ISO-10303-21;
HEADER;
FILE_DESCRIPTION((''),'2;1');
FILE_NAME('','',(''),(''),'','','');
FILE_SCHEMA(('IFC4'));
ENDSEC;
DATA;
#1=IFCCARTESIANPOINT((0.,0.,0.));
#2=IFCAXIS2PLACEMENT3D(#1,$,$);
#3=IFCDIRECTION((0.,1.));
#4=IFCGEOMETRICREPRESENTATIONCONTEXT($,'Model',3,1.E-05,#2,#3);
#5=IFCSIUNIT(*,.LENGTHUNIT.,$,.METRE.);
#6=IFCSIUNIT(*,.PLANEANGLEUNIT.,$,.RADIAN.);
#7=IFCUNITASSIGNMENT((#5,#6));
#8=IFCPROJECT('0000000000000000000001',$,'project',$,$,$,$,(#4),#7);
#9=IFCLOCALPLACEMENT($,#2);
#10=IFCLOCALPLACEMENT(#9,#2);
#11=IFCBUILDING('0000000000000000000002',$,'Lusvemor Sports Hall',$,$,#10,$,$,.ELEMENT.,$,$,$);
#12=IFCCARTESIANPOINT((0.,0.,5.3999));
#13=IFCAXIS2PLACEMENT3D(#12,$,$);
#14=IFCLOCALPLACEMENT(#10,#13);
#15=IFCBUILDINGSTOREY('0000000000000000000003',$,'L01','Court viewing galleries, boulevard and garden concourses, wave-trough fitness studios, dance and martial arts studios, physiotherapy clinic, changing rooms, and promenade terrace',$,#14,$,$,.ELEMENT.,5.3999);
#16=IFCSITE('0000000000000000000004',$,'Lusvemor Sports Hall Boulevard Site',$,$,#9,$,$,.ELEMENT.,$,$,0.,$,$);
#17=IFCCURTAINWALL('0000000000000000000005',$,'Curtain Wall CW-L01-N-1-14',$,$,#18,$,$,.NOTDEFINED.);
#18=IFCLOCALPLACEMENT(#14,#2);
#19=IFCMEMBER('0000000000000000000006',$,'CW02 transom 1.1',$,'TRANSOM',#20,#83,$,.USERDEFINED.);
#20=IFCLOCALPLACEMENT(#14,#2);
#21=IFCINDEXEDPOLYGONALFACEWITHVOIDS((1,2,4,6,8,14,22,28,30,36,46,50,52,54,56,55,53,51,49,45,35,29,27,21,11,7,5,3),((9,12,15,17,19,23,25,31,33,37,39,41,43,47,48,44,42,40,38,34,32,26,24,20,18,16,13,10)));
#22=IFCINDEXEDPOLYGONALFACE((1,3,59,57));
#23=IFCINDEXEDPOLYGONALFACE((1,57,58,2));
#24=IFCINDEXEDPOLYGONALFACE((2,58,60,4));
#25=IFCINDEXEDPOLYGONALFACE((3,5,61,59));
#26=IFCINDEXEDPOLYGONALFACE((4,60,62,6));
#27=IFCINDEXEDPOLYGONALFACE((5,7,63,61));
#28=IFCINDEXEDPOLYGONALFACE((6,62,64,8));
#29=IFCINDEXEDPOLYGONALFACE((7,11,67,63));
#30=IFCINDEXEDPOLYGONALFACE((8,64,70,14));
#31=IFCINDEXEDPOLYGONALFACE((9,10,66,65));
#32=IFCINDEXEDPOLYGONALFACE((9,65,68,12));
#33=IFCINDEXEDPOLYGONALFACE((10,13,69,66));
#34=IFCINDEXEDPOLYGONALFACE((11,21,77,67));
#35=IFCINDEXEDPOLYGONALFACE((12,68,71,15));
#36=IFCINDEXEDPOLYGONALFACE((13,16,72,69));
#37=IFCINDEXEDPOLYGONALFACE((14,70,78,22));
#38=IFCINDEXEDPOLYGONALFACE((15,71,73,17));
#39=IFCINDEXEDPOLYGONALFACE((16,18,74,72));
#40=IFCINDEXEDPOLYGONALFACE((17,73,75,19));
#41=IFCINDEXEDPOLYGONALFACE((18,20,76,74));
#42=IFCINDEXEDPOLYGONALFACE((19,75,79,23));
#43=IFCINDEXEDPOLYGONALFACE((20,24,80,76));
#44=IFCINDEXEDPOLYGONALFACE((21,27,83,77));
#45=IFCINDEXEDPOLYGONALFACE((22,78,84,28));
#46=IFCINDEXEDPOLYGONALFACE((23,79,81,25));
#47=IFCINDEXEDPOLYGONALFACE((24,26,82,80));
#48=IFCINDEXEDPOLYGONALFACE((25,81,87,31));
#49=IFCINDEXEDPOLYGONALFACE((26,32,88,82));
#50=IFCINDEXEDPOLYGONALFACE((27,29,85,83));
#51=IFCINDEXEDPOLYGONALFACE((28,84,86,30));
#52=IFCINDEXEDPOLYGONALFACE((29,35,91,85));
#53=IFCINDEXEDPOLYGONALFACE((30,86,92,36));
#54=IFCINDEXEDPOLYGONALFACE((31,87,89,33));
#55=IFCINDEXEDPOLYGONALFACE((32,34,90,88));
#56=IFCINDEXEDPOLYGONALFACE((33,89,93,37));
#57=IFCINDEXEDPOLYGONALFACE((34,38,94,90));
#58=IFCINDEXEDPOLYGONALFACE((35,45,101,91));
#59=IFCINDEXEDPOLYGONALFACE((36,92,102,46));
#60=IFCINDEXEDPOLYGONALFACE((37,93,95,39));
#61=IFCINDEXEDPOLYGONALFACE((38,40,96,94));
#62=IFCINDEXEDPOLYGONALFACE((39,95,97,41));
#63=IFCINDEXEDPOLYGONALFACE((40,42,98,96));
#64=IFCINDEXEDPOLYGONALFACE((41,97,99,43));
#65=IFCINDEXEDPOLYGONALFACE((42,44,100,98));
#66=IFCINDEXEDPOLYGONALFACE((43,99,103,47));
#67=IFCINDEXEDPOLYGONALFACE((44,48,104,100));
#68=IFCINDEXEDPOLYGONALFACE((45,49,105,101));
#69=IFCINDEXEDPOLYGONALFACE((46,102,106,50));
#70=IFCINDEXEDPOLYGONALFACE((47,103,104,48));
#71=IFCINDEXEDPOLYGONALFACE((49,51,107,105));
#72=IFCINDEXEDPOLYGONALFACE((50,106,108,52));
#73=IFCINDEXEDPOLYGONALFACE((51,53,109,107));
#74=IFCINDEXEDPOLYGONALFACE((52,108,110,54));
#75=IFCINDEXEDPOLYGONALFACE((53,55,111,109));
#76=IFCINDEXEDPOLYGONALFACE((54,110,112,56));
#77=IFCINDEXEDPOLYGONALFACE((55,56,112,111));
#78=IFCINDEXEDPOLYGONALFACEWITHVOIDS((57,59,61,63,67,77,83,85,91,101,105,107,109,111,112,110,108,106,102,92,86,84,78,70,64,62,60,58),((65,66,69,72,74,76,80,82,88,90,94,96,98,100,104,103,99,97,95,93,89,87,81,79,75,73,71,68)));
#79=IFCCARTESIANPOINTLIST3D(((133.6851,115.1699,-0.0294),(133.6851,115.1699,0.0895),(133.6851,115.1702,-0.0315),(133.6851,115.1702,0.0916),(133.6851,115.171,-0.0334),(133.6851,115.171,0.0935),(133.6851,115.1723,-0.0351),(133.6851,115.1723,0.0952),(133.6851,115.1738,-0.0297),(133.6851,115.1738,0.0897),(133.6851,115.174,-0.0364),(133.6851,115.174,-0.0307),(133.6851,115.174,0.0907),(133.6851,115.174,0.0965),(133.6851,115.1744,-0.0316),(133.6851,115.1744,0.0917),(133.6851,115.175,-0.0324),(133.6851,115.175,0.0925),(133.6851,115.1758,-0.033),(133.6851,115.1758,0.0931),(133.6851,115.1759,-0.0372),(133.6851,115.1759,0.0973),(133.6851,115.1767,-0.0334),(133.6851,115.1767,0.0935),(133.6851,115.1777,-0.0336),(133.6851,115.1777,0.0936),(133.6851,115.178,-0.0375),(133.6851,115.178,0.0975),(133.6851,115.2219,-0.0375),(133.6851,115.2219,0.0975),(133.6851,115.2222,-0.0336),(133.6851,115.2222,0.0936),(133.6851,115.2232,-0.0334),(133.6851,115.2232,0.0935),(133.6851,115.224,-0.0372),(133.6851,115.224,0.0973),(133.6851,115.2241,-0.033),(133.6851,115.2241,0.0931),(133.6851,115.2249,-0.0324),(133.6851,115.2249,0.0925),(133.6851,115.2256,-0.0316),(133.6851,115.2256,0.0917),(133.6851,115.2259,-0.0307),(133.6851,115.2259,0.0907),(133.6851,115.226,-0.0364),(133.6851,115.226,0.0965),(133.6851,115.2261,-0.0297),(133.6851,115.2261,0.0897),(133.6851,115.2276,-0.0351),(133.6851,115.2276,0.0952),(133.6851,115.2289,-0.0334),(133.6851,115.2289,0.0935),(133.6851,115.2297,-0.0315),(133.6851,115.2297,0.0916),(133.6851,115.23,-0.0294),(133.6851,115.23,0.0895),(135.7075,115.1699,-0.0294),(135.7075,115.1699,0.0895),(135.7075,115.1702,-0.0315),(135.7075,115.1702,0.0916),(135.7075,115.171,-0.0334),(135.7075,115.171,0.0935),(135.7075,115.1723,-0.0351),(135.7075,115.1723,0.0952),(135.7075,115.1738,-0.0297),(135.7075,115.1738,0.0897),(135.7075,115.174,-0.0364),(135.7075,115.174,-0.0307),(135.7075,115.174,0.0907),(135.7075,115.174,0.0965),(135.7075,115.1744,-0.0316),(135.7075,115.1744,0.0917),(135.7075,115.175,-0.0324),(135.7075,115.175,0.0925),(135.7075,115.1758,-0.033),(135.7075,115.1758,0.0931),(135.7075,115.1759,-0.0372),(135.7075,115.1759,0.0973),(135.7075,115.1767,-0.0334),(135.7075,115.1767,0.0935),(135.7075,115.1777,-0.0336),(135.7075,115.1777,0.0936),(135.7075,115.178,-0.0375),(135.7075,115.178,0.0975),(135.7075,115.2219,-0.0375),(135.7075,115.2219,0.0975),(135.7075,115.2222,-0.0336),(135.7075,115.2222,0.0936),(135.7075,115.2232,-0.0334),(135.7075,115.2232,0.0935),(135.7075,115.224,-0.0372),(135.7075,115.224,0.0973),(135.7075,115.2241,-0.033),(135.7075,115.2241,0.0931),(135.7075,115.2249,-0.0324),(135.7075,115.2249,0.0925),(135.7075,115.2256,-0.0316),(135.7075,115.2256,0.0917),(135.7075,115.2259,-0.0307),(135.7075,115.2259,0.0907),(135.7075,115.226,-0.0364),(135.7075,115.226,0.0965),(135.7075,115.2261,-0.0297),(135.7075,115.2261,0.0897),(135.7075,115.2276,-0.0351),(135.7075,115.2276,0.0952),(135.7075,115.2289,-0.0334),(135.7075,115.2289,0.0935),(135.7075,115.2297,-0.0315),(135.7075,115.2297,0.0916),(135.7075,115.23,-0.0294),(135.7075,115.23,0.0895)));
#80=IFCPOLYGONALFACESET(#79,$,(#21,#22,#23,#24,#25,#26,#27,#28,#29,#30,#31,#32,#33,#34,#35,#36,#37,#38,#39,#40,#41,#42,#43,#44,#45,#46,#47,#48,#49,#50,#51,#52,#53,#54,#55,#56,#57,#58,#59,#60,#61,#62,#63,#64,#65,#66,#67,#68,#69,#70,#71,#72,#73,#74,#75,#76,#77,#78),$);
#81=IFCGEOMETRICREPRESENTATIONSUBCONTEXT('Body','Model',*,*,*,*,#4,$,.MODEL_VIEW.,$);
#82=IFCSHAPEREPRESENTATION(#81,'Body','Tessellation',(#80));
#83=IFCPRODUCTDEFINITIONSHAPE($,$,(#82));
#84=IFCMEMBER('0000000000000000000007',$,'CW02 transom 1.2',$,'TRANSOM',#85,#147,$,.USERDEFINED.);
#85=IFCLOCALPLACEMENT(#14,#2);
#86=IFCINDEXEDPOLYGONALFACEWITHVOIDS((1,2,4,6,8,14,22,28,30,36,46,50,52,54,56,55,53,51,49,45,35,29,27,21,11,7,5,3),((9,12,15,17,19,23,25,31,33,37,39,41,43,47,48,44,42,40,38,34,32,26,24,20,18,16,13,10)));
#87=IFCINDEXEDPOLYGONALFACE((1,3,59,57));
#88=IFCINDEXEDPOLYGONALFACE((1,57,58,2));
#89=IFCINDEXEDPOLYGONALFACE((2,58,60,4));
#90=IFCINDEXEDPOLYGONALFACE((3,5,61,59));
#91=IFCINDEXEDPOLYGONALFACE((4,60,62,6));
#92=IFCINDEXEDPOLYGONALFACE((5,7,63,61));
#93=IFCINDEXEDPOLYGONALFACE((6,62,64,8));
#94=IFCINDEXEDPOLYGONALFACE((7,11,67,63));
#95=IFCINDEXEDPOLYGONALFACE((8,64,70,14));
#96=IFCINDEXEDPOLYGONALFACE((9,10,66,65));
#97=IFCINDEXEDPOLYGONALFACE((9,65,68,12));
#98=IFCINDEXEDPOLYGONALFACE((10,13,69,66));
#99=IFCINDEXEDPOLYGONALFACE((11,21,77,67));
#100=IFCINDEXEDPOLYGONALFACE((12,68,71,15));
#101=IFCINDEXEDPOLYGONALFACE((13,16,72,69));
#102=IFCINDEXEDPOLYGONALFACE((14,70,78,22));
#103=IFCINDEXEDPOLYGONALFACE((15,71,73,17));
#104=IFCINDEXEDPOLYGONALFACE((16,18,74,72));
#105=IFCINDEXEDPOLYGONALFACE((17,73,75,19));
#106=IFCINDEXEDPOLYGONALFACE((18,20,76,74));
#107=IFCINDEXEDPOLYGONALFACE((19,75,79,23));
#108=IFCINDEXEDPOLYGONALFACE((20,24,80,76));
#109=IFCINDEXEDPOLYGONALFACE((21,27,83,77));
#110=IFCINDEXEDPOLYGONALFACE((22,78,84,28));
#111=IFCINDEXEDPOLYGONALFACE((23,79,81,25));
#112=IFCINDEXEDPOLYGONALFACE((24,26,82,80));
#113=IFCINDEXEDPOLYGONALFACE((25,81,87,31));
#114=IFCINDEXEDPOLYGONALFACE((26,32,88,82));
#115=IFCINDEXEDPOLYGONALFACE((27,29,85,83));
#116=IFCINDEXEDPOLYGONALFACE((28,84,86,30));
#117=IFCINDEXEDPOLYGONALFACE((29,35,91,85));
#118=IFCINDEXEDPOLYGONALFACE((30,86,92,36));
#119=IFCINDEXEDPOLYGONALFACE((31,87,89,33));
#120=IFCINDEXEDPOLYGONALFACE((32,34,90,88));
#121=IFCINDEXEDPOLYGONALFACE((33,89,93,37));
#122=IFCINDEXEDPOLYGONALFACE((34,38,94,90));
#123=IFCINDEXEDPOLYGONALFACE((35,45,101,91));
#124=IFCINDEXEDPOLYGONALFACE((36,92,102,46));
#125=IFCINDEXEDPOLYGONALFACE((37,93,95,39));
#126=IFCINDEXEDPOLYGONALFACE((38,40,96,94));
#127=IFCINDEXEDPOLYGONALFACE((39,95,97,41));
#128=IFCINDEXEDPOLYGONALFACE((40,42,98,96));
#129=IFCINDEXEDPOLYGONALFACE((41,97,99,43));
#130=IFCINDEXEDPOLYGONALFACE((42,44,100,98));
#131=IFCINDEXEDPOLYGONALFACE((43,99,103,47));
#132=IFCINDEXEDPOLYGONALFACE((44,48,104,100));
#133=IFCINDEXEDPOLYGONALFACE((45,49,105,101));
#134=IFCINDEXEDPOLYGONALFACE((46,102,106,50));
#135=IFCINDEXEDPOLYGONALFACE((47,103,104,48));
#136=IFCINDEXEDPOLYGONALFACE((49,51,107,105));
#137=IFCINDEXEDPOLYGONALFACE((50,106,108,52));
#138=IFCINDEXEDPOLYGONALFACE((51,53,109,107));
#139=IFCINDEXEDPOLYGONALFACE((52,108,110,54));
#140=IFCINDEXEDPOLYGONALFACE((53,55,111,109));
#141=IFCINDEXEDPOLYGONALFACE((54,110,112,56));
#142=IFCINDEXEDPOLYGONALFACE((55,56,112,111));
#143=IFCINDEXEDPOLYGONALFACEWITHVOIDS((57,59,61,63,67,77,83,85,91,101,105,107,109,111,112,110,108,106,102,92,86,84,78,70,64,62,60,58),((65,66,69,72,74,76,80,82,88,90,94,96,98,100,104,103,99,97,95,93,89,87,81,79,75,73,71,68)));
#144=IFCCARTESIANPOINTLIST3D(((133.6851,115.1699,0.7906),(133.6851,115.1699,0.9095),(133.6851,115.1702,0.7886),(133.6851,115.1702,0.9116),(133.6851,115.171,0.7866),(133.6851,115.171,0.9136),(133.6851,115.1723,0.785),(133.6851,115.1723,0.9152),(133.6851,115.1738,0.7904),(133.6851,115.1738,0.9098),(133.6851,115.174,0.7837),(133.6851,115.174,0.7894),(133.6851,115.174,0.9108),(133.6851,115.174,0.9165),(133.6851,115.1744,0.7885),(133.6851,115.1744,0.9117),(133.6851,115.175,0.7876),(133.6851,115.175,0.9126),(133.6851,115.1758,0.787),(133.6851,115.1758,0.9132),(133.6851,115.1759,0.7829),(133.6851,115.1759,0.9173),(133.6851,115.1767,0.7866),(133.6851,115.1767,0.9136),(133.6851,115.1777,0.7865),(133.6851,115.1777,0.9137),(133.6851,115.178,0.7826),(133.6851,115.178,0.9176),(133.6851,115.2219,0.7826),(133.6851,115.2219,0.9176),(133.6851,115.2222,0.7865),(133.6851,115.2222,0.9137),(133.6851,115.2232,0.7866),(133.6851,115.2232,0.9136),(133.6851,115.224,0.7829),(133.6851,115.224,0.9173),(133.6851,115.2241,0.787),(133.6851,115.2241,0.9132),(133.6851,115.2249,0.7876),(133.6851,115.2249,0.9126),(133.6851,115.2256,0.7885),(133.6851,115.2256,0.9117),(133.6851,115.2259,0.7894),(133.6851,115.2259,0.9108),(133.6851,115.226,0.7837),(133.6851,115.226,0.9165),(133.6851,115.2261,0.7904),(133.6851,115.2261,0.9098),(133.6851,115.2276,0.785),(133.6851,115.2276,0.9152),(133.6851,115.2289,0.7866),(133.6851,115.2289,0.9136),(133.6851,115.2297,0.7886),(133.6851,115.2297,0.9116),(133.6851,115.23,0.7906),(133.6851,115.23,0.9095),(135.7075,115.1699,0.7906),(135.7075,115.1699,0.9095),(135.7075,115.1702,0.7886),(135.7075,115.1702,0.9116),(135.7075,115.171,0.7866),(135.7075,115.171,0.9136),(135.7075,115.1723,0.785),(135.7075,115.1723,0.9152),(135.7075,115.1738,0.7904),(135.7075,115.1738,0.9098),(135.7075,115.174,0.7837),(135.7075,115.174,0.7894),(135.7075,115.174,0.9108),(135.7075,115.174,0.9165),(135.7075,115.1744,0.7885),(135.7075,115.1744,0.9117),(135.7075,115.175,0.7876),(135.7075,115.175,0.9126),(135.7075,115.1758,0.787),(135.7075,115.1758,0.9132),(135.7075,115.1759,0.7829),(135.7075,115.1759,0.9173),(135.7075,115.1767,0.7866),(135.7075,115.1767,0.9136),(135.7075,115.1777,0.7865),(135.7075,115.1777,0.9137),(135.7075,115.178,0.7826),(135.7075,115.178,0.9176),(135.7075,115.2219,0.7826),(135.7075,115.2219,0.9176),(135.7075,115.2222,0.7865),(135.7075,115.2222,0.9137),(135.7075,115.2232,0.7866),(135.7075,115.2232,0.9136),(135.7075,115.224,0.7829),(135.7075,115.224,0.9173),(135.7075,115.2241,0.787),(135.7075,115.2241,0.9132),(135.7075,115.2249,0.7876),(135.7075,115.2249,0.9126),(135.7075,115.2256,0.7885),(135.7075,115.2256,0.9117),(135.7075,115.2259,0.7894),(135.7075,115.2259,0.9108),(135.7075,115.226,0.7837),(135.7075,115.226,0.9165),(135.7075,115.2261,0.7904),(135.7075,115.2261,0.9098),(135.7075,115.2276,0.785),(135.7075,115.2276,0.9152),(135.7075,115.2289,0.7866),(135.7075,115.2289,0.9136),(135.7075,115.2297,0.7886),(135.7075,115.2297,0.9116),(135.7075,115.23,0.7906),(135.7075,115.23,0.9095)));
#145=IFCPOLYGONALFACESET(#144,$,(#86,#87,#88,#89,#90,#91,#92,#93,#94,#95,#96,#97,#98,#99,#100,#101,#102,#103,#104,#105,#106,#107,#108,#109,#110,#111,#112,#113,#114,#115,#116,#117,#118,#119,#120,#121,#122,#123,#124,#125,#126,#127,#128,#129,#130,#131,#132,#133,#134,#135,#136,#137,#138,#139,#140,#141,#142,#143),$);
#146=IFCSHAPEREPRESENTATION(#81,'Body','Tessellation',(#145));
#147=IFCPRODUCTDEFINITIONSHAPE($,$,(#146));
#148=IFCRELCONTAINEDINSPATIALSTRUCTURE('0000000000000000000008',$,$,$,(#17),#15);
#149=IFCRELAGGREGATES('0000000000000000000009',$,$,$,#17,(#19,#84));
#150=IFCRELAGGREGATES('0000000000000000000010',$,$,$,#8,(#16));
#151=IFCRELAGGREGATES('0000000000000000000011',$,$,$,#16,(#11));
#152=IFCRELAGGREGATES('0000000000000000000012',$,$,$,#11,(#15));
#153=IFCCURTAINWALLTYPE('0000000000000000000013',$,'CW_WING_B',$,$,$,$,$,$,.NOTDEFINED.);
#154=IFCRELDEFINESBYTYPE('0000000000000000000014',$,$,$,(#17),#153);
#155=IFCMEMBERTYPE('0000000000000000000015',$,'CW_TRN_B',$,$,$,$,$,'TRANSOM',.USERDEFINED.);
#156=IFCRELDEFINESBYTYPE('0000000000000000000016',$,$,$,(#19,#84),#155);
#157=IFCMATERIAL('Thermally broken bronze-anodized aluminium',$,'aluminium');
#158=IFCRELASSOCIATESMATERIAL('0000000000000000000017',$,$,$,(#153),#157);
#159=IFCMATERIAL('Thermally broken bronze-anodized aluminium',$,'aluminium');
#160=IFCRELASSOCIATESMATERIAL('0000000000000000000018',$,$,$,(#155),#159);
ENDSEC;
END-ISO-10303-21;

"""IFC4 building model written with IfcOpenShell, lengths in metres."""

from ifc_helpers import new_model, si_unit, direction, frame, origin, origin_2d, place, context, subcontext, project, spatial, hollow_rectangle, extrude, material, material_profile, profile_set, type_object, element, aggregate, save


model = new_model("IFC4")

# Units and contexts
model_context = context("Model", 3, precision=1e-05, world=origin(), true_north=direction((0.0, 1.0)))
body_context = subcontext(model_context, "Body", "Model", "MODEL_VIEW")
ifc_project = project(units=[si_unit("LENGTHUNIT", "METRE"), si_unit("PLANEANGLEUNIT", "RADIAN")], contexts=[model_context])

# Site, building, storey
site_placement = place(None, origin())
site = spatial("IfcSite", under=ifc_project, at=site_placement, Name="Lusvemor Sports Hall Boulevard Site", CompositionType="ELEMENT", RefElevation=0.0)
building_placement = place(site_placement, origin())
building = spatial("IfcBuilding", under=site, at=building_placement, Name="Lusvemor Sports Hall", CompositionType="ELEMENT")
storey_placement = place(building_placement, frame((0.0, 0.0, 5.3999)))
storey = spatial("IfcBuildingStorey", under=building, at=storey_placement, Name="L01", Description="Court viewing galleries, boulevard and garden concourses, wave-trough fitness studios, dance and martial arts studios, physiotherapy clinic, changing rooms, and promenade terrace", CompositionType="ELEMENT", Elevation=5.3999)

# Curtain wall, members
ifc_material_1 = material(Name="Thermally broken bronze-anodized aluminium", Category="aluminium")
curtain_wall_type = type_object("IfcCurtainWallType", Name="CW_WING_B", PredefinedType="NOTDEFINED", material=ifc_material_1)
curtain_wall_placement = place(storey_placement, origin())
curtain_wall = element("IfcCurtainWall", 1, at=curtain_wall_placement, inside=storey, type_object=curtain_wall_type, Name="Curtain Wall CW-L01-N-1-14", PredefinedType="NOTDEFINED")
ifc_material_2 = material(Name="Thermally broken bronze-anodized aluminium", Category="aluminium")
ifc_material_profile_1 = material_profile(ifc_material_2, hollow_rectangle(XDim=0.0601, YDim=0.135, WallThickness=0.0039, InnerFilletRadius=0.0039, OuterFilletRadius=0.0081, at=origin_2d()), Name="CWTRN135x60x4")
ifc_profile_set_1 = profile_set([ifc_material_profile_1], Name="Thermally broken bronze-anodized aluminium")
member_type_1 = type_object("IfcMemberType", Name="CW_TRN_B", ElementType="TRANSOM", PredefinedType="USERDEFINED", material=ifc_profile_set_1)
member_1_placement = place(storey_placement, frame((133.6851, 115.2, 0.03), z_axis=(1.0, 0.0, 0.0), x_axis=(0.0, 1.0, 0.0)))
member_1 = element("IfcMember", 2, at=member_1_placement, type_object=member_type_1, Name="CW02 transom 1.1", ObjectType="TRANSOM", PredefinedType="USERDEFINED", context=body_context, shape_type="SweptSolid", body=[
    extrude(hollow_rectangle(XDim=0.0601, YDim=0.135, WallThickness=0.0039, InnerFilletRadius=0.0039, OuterFilletRadius=0.0081, at=origin_2d()), origin(), (0.0, 0.0, 1.0), 2.0225),
])
member_2_placement = place(storey_placement, frame((133.6851, 115.2, 0.8501), z_axis=(1.0, 0.0, 0.0), x_axis=(0.0, 1.0, 0.0)))
member_2 = element("IfcMember", 3, at=member_2_placement, type_object=member_type_1, Name="CW02 transom 1.2", ObjectType="TRANSOM", PredefinedType="USERDEFINED", context=body_context, shape_type="SweptSolid", body=[
    extrude(hollow_rectangle(XDim=0.0601, YDim=0.135, WallThickness=0.0039, InnerFilletRadius=0.0039, OuterFilletRadius=0.0081, at=origin_2d()), origin(), (0.0, 0.0, 1.0), 2.0225),
])

aggregate(curtain_wall, [member_1, member_2])

save(model, "model.ifc")
